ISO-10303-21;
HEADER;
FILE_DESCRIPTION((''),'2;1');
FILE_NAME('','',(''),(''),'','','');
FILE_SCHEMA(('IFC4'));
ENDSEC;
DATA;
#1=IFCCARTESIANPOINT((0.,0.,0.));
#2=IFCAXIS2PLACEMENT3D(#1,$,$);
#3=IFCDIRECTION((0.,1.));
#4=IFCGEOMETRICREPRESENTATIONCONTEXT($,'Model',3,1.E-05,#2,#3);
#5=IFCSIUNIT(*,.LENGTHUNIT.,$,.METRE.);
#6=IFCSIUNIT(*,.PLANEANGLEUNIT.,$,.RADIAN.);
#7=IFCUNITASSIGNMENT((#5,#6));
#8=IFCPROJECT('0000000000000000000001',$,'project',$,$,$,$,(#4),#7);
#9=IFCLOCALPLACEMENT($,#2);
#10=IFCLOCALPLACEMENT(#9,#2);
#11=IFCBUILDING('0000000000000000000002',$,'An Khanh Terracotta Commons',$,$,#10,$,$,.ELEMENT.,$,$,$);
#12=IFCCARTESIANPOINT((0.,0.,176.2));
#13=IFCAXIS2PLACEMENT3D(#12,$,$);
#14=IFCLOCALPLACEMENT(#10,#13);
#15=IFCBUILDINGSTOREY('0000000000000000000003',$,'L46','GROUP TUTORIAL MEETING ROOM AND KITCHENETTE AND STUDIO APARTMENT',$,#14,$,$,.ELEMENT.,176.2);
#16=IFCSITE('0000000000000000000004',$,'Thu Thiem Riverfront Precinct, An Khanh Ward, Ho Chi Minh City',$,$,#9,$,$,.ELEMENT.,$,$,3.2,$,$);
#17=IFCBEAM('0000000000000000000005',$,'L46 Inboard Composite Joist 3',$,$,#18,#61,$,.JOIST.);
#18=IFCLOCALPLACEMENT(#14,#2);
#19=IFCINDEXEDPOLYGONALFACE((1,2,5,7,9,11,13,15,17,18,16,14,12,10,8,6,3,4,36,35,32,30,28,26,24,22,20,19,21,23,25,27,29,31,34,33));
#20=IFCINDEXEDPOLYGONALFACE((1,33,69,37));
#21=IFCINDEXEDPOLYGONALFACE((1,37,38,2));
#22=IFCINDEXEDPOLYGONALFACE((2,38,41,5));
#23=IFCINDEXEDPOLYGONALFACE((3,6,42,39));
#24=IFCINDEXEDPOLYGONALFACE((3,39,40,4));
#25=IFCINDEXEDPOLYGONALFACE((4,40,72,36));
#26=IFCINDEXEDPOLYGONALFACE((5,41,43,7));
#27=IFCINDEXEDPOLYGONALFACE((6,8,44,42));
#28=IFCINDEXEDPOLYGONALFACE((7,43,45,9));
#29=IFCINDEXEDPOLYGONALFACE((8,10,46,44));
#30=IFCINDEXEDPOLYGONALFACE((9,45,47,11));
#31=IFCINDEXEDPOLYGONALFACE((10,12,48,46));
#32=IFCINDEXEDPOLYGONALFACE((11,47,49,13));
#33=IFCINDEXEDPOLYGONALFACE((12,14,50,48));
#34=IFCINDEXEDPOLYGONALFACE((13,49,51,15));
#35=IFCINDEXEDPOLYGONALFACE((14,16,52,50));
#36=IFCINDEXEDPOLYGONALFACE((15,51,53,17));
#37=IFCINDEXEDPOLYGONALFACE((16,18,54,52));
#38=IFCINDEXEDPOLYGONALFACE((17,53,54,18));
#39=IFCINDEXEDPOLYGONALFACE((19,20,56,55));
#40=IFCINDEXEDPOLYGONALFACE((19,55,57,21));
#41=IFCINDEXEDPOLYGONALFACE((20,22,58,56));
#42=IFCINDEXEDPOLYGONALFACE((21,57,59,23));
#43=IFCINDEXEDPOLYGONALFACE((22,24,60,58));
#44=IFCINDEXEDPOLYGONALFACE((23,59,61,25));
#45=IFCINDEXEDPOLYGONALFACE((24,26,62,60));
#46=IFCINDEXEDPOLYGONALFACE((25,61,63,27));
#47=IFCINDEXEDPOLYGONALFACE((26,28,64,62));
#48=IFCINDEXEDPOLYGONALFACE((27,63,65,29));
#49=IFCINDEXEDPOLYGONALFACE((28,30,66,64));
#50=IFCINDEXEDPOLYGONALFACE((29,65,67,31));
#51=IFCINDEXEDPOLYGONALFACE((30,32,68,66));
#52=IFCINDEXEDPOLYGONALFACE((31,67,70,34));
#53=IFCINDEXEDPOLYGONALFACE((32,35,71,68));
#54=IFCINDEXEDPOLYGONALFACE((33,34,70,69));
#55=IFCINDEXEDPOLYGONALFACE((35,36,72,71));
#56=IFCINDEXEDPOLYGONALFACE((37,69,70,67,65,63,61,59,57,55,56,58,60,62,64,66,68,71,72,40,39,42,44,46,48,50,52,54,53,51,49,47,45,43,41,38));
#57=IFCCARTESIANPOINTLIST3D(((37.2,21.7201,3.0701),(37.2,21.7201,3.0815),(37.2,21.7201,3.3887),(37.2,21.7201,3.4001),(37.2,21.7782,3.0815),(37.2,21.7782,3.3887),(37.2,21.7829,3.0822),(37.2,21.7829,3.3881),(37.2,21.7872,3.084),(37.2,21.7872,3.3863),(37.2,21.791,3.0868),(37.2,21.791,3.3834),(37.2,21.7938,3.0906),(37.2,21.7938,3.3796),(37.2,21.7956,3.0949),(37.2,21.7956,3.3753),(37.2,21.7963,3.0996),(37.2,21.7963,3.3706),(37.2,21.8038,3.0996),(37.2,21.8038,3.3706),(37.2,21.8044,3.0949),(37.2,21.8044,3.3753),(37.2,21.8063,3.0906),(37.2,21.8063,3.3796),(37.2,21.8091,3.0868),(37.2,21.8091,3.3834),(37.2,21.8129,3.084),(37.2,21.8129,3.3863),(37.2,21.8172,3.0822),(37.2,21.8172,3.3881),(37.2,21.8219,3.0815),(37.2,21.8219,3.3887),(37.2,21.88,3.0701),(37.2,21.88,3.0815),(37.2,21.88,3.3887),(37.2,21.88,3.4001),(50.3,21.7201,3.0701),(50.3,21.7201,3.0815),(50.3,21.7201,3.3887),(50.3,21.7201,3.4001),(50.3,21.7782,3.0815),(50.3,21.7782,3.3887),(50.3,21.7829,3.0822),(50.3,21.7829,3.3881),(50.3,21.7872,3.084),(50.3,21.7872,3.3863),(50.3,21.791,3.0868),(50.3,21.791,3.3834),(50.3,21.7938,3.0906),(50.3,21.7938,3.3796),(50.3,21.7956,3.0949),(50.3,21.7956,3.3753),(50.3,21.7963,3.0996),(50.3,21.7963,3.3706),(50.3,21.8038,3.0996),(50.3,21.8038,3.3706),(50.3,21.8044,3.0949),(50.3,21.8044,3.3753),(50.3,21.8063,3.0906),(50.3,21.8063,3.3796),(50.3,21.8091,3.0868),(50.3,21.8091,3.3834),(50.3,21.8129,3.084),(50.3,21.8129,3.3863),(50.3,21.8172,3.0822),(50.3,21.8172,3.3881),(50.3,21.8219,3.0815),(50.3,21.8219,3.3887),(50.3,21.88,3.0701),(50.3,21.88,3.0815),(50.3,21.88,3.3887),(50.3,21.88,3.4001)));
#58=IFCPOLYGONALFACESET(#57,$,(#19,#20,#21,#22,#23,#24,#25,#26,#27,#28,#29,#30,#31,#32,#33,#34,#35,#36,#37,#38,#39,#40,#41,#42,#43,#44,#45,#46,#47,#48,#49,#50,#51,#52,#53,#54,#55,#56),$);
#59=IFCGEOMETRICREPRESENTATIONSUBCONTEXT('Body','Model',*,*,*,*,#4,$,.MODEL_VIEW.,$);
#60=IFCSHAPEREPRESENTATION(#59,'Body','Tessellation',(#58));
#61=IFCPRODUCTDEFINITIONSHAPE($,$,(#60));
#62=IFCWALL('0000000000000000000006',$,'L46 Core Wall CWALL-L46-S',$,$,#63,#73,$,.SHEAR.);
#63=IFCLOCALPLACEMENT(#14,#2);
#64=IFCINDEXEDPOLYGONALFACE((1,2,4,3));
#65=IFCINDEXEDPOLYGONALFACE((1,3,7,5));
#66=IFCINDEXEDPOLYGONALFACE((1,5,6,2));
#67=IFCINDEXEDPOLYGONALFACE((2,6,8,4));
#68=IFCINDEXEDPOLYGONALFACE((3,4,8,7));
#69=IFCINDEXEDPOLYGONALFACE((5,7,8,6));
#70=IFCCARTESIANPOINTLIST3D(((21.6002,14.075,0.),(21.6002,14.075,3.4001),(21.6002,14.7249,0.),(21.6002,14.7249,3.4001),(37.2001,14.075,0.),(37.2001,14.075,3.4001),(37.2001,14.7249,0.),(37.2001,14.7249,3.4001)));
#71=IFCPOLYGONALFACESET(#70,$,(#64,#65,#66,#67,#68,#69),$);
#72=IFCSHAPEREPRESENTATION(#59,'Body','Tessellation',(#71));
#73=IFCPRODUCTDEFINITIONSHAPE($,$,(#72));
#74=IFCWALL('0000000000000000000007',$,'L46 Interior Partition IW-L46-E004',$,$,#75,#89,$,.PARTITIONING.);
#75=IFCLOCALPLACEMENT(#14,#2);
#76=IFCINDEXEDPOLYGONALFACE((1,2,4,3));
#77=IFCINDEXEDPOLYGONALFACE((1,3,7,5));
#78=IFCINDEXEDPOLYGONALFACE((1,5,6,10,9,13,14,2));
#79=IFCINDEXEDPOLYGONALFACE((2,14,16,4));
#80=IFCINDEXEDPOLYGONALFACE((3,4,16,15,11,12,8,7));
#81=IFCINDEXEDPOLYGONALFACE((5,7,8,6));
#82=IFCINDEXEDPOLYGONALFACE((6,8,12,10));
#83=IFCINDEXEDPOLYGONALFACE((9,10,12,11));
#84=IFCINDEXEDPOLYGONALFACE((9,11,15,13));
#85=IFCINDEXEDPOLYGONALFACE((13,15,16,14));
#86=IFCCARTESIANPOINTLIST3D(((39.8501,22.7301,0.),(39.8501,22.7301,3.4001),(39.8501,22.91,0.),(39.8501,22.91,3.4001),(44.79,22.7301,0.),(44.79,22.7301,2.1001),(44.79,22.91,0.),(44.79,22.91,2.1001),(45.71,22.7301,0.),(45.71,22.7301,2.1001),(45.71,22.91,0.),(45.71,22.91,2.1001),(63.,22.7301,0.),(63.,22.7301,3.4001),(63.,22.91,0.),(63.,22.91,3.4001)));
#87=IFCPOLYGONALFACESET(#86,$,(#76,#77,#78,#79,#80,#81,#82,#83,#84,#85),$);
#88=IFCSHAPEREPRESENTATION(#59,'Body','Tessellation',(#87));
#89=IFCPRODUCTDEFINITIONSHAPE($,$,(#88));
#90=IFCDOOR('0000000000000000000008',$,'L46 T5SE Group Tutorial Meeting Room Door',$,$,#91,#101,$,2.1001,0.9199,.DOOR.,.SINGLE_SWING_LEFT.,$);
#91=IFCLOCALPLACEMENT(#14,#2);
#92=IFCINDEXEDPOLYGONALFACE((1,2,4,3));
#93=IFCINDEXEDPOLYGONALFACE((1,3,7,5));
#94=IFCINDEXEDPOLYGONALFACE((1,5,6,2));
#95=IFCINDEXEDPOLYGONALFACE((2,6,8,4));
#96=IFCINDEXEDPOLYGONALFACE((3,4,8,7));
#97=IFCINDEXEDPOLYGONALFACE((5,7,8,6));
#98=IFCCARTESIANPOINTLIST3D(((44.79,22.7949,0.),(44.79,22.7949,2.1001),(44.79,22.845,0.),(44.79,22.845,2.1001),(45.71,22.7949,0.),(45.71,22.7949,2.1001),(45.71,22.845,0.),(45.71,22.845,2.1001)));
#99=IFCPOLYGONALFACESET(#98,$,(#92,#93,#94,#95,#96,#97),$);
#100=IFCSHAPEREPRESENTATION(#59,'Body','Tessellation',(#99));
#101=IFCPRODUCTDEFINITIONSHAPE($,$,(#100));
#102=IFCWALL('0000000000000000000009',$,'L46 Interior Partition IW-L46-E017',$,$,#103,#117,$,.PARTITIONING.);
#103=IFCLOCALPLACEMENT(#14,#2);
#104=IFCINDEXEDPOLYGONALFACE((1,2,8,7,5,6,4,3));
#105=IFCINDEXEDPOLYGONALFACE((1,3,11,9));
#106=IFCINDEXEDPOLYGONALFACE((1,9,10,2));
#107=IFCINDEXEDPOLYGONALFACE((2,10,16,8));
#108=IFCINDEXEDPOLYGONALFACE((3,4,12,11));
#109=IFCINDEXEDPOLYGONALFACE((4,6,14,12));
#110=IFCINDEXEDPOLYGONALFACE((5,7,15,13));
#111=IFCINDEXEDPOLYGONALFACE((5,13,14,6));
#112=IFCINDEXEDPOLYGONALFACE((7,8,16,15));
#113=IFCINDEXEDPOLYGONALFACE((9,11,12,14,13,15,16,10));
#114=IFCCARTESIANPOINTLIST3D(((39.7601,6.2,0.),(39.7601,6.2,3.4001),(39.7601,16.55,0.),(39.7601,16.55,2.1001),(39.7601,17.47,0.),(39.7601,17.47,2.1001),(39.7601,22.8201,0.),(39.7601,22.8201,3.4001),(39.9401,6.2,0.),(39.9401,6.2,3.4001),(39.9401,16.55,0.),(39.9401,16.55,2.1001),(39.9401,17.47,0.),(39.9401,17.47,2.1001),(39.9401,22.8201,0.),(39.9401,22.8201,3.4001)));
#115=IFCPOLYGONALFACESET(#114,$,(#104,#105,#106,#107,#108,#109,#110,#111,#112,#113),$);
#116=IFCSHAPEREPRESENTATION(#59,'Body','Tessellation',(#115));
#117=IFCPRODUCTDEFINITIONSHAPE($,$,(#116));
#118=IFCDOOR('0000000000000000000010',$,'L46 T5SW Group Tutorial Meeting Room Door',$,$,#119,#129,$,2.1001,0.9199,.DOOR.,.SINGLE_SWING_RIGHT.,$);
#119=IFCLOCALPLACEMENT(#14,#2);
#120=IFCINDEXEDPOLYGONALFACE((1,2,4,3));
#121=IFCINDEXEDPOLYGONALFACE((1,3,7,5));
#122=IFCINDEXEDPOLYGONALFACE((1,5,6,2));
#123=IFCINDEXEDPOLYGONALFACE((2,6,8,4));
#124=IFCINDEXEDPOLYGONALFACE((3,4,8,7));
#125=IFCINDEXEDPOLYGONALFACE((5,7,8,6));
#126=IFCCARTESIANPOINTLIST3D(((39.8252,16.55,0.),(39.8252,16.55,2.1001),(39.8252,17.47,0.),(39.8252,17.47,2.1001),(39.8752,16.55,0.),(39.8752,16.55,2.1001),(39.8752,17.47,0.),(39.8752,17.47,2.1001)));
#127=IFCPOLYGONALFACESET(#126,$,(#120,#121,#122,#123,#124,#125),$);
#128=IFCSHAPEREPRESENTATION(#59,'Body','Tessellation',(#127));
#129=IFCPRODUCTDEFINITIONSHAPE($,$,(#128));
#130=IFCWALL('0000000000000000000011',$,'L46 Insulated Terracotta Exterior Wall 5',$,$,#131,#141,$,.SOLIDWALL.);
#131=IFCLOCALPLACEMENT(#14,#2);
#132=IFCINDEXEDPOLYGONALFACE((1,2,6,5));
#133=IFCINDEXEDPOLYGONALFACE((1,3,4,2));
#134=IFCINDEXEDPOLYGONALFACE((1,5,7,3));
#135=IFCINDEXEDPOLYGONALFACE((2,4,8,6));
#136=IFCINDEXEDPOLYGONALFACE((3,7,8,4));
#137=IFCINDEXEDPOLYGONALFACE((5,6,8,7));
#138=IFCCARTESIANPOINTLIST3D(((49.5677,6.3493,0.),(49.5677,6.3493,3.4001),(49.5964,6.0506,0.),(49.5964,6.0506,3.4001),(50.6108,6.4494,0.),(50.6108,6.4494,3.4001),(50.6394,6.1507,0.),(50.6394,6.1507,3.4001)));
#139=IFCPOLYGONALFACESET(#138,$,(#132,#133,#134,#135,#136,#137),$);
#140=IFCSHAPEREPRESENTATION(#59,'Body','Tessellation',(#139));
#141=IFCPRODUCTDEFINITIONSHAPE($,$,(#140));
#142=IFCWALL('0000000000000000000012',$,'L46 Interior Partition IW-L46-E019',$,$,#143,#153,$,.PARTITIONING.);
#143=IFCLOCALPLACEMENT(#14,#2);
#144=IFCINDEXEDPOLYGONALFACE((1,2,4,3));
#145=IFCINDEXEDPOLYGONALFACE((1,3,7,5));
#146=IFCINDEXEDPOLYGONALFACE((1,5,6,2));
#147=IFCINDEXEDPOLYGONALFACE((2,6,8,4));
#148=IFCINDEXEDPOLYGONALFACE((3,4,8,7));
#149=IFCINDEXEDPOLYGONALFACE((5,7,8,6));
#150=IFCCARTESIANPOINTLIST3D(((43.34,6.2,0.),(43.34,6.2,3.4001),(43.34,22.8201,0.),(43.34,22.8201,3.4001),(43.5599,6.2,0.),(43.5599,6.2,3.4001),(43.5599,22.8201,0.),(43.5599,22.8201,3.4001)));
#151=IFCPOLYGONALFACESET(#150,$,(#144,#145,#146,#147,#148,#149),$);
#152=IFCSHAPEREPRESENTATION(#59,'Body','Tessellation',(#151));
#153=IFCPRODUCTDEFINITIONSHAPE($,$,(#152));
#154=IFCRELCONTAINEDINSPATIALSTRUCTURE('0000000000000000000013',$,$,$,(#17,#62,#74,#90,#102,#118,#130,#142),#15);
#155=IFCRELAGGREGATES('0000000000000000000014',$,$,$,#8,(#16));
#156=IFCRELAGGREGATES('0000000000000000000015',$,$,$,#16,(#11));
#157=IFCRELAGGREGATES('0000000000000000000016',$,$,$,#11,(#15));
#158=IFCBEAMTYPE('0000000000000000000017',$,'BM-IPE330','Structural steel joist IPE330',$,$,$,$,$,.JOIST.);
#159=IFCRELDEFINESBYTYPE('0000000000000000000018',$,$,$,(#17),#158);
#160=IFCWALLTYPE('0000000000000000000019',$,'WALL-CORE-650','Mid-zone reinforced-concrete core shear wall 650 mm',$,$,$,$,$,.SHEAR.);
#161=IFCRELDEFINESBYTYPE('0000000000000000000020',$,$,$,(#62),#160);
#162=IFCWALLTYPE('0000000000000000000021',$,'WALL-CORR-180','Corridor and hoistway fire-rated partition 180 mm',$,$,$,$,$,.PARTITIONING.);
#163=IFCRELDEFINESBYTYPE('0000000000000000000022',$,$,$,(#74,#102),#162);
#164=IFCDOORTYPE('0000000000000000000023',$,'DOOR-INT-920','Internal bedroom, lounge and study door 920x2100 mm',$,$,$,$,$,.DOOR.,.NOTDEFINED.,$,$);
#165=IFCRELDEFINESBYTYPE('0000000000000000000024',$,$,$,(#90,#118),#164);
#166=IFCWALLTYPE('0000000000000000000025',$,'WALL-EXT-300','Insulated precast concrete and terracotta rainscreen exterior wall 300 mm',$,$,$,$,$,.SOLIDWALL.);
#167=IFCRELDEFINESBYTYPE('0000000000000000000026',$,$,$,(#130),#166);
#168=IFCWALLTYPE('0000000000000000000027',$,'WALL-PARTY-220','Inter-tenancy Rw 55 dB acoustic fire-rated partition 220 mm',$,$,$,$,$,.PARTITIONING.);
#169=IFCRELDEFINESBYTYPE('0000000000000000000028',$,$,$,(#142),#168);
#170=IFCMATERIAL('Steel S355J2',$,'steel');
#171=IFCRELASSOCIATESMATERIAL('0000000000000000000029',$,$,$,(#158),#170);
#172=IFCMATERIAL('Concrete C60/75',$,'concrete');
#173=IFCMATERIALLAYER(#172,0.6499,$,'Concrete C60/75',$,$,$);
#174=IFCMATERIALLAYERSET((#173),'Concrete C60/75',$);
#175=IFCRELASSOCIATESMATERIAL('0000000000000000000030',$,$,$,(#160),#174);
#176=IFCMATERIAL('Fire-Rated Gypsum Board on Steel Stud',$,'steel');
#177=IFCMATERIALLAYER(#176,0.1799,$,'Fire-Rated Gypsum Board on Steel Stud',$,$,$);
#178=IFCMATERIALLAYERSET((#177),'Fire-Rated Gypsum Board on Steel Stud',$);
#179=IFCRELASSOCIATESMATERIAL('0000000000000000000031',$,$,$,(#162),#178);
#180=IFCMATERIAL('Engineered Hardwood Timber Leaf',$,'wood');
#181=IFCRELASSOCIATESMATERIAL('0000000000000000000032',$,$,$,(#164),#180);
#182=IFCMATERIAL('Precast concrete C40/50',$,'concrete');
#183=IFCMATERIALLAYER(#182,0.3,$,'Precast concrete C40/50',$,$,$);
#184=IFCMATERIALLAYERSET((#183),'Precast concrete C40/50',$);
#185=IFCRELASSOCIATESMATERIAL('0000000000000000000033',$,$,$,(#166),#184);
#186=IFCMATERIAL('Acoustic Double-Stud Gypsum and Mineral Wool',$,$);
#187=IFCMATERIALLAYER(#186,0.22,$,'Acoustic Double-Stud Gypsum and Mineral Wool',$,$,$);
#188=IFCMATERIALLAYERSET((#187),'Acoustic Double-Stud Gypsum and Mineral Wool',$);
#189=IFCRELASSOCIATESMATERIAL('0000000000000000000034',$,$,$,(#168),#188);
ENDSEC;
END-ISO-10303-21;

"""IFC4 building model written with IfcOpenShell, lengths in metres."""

from ifc_helpers import new_model, si_unit, direction, frame, frame_2d, origin, origin_2d, place, context, subcontext, project, spatial, rectangle, i_section, extrude, material, layer, layer_set, material_profile, profile_set, type_object, element, fill, save


model = new_model("IFC4")

# Units and contexts
model_context = context("Model", 3, precision=1e-05, world=origin(), true_north=direction((0.0, 1.0)))
body_context = subcontext(model_context, "Body", "Model", "MODEL_VIEW")
ifc_project = project(units=[si_unit("LENGTHUNIT", "METRE"), si_unit("PLANEANGLEUNIT", "RADIAN")], contexts=[model_context])

# Site, building, storey
site_placement = place(None, origin())
site = spatial("IfcSite", under=ifc_project, at=site_placement, Name="Thu Thiem Riverfront Precinct, An Khanh Ward, Ho Chi Minh City", CompositionType="ELEMENT", RefElevation=3.2)
building_placement = place(site_placement, origin())
building = spatial("IfcBuilding", under=site, at=building_placement, Name="An Khanh Terracotta Commons", CompositionType="ELEMENT")
storey_placement = place(building_placement, frame((0.0, 0.0, 176.2)))
storey = spatial("IfcBuildingStorey", under=building, at=storey_placement, Name="L46", Description="GROUP TUTORIAL MEETING ROOM AND KITCHENETTE AND STUDIO APARTMENT", CompositionType="ELEMENT", Elevation=176.2)

# Shared definitions
ifc_material_1 = material(Name="Concrete C60/75", Category="concrete")

# Beam
ifc_material_2 = material(Name="Steel S355J2", Category="steel")
ifc_material_profile_1 = material_profile(ifc_material_2, i_section(OverallWidth=0.1599, OverallDepth=0.3301, WebThickness=0.0076, FlangeThickness=0.0115, FilletRadius=0.0181, at=origin_2d()), Name="IPE330")
ifc_profile_set_1 = profile_set([ifc_material_profile_1], Name="Steel S355J2")
beam_type_1 = type_object("IfcBeamType", Name="BM-IPE330", Description="Structural steel joist IPE330", PredefinedType="JOIST", material=ifc_profile_set_1)
for number, where, z_axis, x_axis, name in (
    (1, (37.2, 21.8, 3.2351), (1.0, 0.0, 0.0), (0.0, 1.0, 0.0), "L46 Inboard Composite Joist 3"),
):
    element("IfcBeam", number, at=place(storey_placement, frame(where, z_axis=z_axis, x_axis=x_axis)), inside=storey, type_object=beam_type_1, Name=name, PredefinedType="JOIST", context=body_context, shape_type="SweptSolid", body=[
        extrude(i_section(OverallWidth=0.1599, OverallDepth=0.3301, WebThickness=0.0076, FlangeThickness=0.0115, FilletRadius=0.0181, at=origin_2d()), origin(), (0.0, 0.0, 1.0), 13.1001),
    ])

# Wall
ifc_layer_1 = layer(ifc_material_1, 0.6499, Name="Concrete C60/75")
ifc_layer_set_1 = layer_set([ifc_layer_1], Name="Concrete C60/75")
wall_type_1 = type_object("IfcWallType", Name="WALL-CORE-650", Description="Mid-zone reinforced-concrete core shear wall 650 mm", PredefinedType="SHEAR", material=ifc_layer_set_1)
wall_1_placement = place(storey_placement, frame((37.2, 14.3999, 0.0), z_axis=(0.0, 0.0, 1.0), x_axis=(-1.0, 0.0, 0.0)))
element("IfcWall", 2, at=wall_1_placement, inside=storey, type_object=wall_type_1, Name="L46 Core Wall CWALL-L46-S", PredefinedType="SHEAR", context=body_context, shape_type="SweptSolid", body=[
    extrude(rectangle(XDim=15.5999, YDim=0.6499, at=frame_2d((7.7998, 0.0))), origin(), (0.0, 0.0, 1.0), 3.4001),
])

# Walls, openings, doors
ifc_material_3 = material(Name="Fire-Rated Gypsum Board on Steel Stud", Category="steel")
ifc_layer_2 = layer(ifc_material_3, 0.1799, Name="Fire-Rated Gypsum Board on Steel Stud")
ifc_layer_set_2 = layer_set([ifc_layer_2], Name="Fire-Rated Gypsum Board on Steel Stud")
wall_type_2 = type_object("IfcWallType", Name="WALL-CORR-180", Description="Corridor and hoistway fire-rated partition 180 mm", PredefinedType="PARTITIONING", material=ifc_layer_set_2)
wall_2_placement = place(storey_placement, frame((39.8501, 22.8201, 0.0), z_axis=(0.0, 0.0, 1.0), x_axis=(1.0, 0.0, 0.0)))
wall_2 = element("IfcWall", 3, at=wall_2_placement, inside=storey, type_object=wall_type_2, Name="L46 Interior Partition IW-L46-E004", PredefinedType="PARTITIONING", context=body_context, shape_type="SweptSolid", body=[
    extrude(rectangle(XDim=23.1499, YDim=0.1799, at=frame_2d((11.575, 0.0))), origin(), (0.0, 0.0, 1.0), 3.4001),
])
opening_1_placement = place(wall_2_placement, frame((4.9399, 0.0, 0.0)))
opening_1 = element("IfcOpeningElement", 4, at=opening_1_placement, cuts=wall_2, PredefinedType="OPENING", context=body_context, shape_type="SweptSolid", body=[
    extrude(rectangle(XDim=0.9199, YDim=2.1001, at=frame_2d((0.46, 1.05))), frame((0.0, 0.0999, 0.0), z_axis=(0.0, -1.0, 0.0), x_axis=(1.0, 0.0, 0.0)), (0.0, 0.0, 1.0), 0.2),
])
ifc_material_4 = material(Name="Engineered Hardwood Timber Leaf", Category="wood")
door_type_1 = type_object("IfcDoorType", Name="DOOR-INT-920", Description="Internal bedroom, lounge and study door 920x2100 mm", OperationType="NOTDEFINED", PredefinedType="DOOR", material=ifc_material_4)
door_1_placement = place(opening_1_placement, origin())
door_1 = element("IfcDoor", 5, at=door_1_placement, inside=storey, type_object=door_type_1, Name="L46 T5SE Group Tutorial Meeting Room Door", OperationType="SINGLE_SWING_LEFT", OverallHeight=2.1001, OverallWidth=0.9199, PredefinedType="DOOR", context=body_context, shape_type="SweptSolid", body=[
    extrude(rectangle(XDim=0.9199, YDim=2.1001, at=frame_2d((0.46, 1.05))), frame((0.0, 0.0249, 0.0), z_axis=(0.0, -1.0, 0.0), x_axis=(1.0, 0.0, 0.0)), (0.0, 0.0, 1.0), 0.05),
])
fill(opening_1, door_1)
wall_3_placement = place(storey_placement, frame((39.8501, 6.2, 0.0), z_axis=(0.0, 0.0, 1.0), x_axis=(0.0, 1.0, 0.0)))
wall_3 = element("IfcWall", 6, at=wall_3_placement, inside=storey, type_object=wall_type_2, Name="L46 Interior Partition IW-L46-E017", PredefinedType="PARTITIONING", context=body_context, shape_type="SweptSolid", body=[
    extrude(rectangle(XDim=16.6201, YDim=0.1799, at=frame_2d((8.3101, 0.0))), origin(), (0.0, 0.0, 1.0), 3.4001),
])
opening_2_placement = place(wall_3_placement, frame((10.3501, 0.0, 0.0)))
opening_2 = element("IfcOpeningElement", 7, at=opening_2_placement, cuts=wall_3, PredefinedType="OPENING", context=body_context, shape_type="SweptSolid", body=[
    extrude(rectangle(XDim=0.9199, YDim=2.1001, at=frame_2d((0.46, 1.05))), frame((0.0, 0.0999, 0.0), z_axis=(0.0, -1.0, 0.0), x_axis=(1.0, 0.0, 0.0)), (0.0, 0.0, 1.0), 0.2),
])
door_2_placement = place(opening_2_placement, origin())
door_2 = element("IfcDoor", 8, at=door_2_placement, inside=storey, type_object=door_type_1, Name="L46 T5SW Group Tutorial Meeting Room Door", OperationType="SINGLE_SWING_RIGHT", OverallHeight=2.1001, OverallWidth=0.9199, PredefinedType="DOOR", context=body_context, shape_type="SweptSolid", body=[
    extrude(rectangle(XDim=0.9199, YDim=2.1001, at=frame_2d((0.46, 1.05))), frame((0.0, 0.0249, 0.0), z_axis=(0.0, -1.0, 0.0), x_axis=(1.0, 0.0, 0.0)), (0.0, 0.0, 1.0), 0.05),
])
fill(opening_2, door_2)

# Walls
ifc_material_5 = material(Name="Precast concrete C40/50", Category="concrete")
ifc_layer_3 = layer(ifc_material_5, 0.3, Name="Precast concrete C40/50")
ifc_layer_set_3 = layer_set([ifc_layer_3], Name="Precast concrete C40/50")
wall_type_3 = type_object("IfcWallType", Name="WALL-EXT-300", Description="Insulated precast concrete and terracotta rainscreen exterior wall 300 mm", PredefinedType="SOLIDWALL", material=ifc_layer_set_3)
wall_4_placement = place(storey_placement, frame((49.582, 6.2, 0.0), z_axis=(0.0, 0.0, 1.0), x_axis=(0.995426, 0.095535, 0.0)))
element("IfcWall", 9, at=wall_4_placement, inside=storey, type_object=wall_type_3, Name="L46 Insulated Terracotta Exterior Wall 5", PredefinedType="SOLIDWALL", context=body_context, shape_type="SweptSolid", body=[
    extrude(rectangle(XDim=1.0479, YDim=0.3, at=frame_2d((0.5239, 0.0))), origin(), (0.0, 0.0, 1.0), 3.4001),
])
ifc_material_6 = material(Name="Acoustic Double-Stud Gypsum and Mineral Wool")
ifc_layer_4 = layer(ifc_material_6, 0.22, Name="Acoustic Double-Stud Gypsum and Mineral Wool")
ifc_layer_set_4 = layer_set([ifc_layer_4], Name="Acoustic Double-Stud Gypsum and Mineral Wool")
wall_type_4 = type_object("IfcWallType", Name="WALL-PARTY-220", Description="Inter-tenancy Rw 55 dB acoustic fire-rated partition 220 mm", PredefinedType="PARTITIONING", material=ifc_layer_set_4)
wall_5_placement = place(storey_placement, frame((43.45, 6.2, 0.0), z_axis=(0.0, 0.0, 1.0), x_axis=(0.0, 1.0, 0.0)))
element("IfcWall", 10, at=wall_5_placement, inside=storey, type_object=wall_type_4, Name="L46 Interior Partition IW-L46-E019", PredefinedType="PARTITIONING", context=body_context, shape_type="SweptSolid", body=[
    extrude(rectangle(XDim=16.6201, YDim=0.22, at=frame_2d((8.3101, 0.0))), origin(), (0.0, 0.0, 1.0), 3.4001),
])

save(model, "model.ifc")
